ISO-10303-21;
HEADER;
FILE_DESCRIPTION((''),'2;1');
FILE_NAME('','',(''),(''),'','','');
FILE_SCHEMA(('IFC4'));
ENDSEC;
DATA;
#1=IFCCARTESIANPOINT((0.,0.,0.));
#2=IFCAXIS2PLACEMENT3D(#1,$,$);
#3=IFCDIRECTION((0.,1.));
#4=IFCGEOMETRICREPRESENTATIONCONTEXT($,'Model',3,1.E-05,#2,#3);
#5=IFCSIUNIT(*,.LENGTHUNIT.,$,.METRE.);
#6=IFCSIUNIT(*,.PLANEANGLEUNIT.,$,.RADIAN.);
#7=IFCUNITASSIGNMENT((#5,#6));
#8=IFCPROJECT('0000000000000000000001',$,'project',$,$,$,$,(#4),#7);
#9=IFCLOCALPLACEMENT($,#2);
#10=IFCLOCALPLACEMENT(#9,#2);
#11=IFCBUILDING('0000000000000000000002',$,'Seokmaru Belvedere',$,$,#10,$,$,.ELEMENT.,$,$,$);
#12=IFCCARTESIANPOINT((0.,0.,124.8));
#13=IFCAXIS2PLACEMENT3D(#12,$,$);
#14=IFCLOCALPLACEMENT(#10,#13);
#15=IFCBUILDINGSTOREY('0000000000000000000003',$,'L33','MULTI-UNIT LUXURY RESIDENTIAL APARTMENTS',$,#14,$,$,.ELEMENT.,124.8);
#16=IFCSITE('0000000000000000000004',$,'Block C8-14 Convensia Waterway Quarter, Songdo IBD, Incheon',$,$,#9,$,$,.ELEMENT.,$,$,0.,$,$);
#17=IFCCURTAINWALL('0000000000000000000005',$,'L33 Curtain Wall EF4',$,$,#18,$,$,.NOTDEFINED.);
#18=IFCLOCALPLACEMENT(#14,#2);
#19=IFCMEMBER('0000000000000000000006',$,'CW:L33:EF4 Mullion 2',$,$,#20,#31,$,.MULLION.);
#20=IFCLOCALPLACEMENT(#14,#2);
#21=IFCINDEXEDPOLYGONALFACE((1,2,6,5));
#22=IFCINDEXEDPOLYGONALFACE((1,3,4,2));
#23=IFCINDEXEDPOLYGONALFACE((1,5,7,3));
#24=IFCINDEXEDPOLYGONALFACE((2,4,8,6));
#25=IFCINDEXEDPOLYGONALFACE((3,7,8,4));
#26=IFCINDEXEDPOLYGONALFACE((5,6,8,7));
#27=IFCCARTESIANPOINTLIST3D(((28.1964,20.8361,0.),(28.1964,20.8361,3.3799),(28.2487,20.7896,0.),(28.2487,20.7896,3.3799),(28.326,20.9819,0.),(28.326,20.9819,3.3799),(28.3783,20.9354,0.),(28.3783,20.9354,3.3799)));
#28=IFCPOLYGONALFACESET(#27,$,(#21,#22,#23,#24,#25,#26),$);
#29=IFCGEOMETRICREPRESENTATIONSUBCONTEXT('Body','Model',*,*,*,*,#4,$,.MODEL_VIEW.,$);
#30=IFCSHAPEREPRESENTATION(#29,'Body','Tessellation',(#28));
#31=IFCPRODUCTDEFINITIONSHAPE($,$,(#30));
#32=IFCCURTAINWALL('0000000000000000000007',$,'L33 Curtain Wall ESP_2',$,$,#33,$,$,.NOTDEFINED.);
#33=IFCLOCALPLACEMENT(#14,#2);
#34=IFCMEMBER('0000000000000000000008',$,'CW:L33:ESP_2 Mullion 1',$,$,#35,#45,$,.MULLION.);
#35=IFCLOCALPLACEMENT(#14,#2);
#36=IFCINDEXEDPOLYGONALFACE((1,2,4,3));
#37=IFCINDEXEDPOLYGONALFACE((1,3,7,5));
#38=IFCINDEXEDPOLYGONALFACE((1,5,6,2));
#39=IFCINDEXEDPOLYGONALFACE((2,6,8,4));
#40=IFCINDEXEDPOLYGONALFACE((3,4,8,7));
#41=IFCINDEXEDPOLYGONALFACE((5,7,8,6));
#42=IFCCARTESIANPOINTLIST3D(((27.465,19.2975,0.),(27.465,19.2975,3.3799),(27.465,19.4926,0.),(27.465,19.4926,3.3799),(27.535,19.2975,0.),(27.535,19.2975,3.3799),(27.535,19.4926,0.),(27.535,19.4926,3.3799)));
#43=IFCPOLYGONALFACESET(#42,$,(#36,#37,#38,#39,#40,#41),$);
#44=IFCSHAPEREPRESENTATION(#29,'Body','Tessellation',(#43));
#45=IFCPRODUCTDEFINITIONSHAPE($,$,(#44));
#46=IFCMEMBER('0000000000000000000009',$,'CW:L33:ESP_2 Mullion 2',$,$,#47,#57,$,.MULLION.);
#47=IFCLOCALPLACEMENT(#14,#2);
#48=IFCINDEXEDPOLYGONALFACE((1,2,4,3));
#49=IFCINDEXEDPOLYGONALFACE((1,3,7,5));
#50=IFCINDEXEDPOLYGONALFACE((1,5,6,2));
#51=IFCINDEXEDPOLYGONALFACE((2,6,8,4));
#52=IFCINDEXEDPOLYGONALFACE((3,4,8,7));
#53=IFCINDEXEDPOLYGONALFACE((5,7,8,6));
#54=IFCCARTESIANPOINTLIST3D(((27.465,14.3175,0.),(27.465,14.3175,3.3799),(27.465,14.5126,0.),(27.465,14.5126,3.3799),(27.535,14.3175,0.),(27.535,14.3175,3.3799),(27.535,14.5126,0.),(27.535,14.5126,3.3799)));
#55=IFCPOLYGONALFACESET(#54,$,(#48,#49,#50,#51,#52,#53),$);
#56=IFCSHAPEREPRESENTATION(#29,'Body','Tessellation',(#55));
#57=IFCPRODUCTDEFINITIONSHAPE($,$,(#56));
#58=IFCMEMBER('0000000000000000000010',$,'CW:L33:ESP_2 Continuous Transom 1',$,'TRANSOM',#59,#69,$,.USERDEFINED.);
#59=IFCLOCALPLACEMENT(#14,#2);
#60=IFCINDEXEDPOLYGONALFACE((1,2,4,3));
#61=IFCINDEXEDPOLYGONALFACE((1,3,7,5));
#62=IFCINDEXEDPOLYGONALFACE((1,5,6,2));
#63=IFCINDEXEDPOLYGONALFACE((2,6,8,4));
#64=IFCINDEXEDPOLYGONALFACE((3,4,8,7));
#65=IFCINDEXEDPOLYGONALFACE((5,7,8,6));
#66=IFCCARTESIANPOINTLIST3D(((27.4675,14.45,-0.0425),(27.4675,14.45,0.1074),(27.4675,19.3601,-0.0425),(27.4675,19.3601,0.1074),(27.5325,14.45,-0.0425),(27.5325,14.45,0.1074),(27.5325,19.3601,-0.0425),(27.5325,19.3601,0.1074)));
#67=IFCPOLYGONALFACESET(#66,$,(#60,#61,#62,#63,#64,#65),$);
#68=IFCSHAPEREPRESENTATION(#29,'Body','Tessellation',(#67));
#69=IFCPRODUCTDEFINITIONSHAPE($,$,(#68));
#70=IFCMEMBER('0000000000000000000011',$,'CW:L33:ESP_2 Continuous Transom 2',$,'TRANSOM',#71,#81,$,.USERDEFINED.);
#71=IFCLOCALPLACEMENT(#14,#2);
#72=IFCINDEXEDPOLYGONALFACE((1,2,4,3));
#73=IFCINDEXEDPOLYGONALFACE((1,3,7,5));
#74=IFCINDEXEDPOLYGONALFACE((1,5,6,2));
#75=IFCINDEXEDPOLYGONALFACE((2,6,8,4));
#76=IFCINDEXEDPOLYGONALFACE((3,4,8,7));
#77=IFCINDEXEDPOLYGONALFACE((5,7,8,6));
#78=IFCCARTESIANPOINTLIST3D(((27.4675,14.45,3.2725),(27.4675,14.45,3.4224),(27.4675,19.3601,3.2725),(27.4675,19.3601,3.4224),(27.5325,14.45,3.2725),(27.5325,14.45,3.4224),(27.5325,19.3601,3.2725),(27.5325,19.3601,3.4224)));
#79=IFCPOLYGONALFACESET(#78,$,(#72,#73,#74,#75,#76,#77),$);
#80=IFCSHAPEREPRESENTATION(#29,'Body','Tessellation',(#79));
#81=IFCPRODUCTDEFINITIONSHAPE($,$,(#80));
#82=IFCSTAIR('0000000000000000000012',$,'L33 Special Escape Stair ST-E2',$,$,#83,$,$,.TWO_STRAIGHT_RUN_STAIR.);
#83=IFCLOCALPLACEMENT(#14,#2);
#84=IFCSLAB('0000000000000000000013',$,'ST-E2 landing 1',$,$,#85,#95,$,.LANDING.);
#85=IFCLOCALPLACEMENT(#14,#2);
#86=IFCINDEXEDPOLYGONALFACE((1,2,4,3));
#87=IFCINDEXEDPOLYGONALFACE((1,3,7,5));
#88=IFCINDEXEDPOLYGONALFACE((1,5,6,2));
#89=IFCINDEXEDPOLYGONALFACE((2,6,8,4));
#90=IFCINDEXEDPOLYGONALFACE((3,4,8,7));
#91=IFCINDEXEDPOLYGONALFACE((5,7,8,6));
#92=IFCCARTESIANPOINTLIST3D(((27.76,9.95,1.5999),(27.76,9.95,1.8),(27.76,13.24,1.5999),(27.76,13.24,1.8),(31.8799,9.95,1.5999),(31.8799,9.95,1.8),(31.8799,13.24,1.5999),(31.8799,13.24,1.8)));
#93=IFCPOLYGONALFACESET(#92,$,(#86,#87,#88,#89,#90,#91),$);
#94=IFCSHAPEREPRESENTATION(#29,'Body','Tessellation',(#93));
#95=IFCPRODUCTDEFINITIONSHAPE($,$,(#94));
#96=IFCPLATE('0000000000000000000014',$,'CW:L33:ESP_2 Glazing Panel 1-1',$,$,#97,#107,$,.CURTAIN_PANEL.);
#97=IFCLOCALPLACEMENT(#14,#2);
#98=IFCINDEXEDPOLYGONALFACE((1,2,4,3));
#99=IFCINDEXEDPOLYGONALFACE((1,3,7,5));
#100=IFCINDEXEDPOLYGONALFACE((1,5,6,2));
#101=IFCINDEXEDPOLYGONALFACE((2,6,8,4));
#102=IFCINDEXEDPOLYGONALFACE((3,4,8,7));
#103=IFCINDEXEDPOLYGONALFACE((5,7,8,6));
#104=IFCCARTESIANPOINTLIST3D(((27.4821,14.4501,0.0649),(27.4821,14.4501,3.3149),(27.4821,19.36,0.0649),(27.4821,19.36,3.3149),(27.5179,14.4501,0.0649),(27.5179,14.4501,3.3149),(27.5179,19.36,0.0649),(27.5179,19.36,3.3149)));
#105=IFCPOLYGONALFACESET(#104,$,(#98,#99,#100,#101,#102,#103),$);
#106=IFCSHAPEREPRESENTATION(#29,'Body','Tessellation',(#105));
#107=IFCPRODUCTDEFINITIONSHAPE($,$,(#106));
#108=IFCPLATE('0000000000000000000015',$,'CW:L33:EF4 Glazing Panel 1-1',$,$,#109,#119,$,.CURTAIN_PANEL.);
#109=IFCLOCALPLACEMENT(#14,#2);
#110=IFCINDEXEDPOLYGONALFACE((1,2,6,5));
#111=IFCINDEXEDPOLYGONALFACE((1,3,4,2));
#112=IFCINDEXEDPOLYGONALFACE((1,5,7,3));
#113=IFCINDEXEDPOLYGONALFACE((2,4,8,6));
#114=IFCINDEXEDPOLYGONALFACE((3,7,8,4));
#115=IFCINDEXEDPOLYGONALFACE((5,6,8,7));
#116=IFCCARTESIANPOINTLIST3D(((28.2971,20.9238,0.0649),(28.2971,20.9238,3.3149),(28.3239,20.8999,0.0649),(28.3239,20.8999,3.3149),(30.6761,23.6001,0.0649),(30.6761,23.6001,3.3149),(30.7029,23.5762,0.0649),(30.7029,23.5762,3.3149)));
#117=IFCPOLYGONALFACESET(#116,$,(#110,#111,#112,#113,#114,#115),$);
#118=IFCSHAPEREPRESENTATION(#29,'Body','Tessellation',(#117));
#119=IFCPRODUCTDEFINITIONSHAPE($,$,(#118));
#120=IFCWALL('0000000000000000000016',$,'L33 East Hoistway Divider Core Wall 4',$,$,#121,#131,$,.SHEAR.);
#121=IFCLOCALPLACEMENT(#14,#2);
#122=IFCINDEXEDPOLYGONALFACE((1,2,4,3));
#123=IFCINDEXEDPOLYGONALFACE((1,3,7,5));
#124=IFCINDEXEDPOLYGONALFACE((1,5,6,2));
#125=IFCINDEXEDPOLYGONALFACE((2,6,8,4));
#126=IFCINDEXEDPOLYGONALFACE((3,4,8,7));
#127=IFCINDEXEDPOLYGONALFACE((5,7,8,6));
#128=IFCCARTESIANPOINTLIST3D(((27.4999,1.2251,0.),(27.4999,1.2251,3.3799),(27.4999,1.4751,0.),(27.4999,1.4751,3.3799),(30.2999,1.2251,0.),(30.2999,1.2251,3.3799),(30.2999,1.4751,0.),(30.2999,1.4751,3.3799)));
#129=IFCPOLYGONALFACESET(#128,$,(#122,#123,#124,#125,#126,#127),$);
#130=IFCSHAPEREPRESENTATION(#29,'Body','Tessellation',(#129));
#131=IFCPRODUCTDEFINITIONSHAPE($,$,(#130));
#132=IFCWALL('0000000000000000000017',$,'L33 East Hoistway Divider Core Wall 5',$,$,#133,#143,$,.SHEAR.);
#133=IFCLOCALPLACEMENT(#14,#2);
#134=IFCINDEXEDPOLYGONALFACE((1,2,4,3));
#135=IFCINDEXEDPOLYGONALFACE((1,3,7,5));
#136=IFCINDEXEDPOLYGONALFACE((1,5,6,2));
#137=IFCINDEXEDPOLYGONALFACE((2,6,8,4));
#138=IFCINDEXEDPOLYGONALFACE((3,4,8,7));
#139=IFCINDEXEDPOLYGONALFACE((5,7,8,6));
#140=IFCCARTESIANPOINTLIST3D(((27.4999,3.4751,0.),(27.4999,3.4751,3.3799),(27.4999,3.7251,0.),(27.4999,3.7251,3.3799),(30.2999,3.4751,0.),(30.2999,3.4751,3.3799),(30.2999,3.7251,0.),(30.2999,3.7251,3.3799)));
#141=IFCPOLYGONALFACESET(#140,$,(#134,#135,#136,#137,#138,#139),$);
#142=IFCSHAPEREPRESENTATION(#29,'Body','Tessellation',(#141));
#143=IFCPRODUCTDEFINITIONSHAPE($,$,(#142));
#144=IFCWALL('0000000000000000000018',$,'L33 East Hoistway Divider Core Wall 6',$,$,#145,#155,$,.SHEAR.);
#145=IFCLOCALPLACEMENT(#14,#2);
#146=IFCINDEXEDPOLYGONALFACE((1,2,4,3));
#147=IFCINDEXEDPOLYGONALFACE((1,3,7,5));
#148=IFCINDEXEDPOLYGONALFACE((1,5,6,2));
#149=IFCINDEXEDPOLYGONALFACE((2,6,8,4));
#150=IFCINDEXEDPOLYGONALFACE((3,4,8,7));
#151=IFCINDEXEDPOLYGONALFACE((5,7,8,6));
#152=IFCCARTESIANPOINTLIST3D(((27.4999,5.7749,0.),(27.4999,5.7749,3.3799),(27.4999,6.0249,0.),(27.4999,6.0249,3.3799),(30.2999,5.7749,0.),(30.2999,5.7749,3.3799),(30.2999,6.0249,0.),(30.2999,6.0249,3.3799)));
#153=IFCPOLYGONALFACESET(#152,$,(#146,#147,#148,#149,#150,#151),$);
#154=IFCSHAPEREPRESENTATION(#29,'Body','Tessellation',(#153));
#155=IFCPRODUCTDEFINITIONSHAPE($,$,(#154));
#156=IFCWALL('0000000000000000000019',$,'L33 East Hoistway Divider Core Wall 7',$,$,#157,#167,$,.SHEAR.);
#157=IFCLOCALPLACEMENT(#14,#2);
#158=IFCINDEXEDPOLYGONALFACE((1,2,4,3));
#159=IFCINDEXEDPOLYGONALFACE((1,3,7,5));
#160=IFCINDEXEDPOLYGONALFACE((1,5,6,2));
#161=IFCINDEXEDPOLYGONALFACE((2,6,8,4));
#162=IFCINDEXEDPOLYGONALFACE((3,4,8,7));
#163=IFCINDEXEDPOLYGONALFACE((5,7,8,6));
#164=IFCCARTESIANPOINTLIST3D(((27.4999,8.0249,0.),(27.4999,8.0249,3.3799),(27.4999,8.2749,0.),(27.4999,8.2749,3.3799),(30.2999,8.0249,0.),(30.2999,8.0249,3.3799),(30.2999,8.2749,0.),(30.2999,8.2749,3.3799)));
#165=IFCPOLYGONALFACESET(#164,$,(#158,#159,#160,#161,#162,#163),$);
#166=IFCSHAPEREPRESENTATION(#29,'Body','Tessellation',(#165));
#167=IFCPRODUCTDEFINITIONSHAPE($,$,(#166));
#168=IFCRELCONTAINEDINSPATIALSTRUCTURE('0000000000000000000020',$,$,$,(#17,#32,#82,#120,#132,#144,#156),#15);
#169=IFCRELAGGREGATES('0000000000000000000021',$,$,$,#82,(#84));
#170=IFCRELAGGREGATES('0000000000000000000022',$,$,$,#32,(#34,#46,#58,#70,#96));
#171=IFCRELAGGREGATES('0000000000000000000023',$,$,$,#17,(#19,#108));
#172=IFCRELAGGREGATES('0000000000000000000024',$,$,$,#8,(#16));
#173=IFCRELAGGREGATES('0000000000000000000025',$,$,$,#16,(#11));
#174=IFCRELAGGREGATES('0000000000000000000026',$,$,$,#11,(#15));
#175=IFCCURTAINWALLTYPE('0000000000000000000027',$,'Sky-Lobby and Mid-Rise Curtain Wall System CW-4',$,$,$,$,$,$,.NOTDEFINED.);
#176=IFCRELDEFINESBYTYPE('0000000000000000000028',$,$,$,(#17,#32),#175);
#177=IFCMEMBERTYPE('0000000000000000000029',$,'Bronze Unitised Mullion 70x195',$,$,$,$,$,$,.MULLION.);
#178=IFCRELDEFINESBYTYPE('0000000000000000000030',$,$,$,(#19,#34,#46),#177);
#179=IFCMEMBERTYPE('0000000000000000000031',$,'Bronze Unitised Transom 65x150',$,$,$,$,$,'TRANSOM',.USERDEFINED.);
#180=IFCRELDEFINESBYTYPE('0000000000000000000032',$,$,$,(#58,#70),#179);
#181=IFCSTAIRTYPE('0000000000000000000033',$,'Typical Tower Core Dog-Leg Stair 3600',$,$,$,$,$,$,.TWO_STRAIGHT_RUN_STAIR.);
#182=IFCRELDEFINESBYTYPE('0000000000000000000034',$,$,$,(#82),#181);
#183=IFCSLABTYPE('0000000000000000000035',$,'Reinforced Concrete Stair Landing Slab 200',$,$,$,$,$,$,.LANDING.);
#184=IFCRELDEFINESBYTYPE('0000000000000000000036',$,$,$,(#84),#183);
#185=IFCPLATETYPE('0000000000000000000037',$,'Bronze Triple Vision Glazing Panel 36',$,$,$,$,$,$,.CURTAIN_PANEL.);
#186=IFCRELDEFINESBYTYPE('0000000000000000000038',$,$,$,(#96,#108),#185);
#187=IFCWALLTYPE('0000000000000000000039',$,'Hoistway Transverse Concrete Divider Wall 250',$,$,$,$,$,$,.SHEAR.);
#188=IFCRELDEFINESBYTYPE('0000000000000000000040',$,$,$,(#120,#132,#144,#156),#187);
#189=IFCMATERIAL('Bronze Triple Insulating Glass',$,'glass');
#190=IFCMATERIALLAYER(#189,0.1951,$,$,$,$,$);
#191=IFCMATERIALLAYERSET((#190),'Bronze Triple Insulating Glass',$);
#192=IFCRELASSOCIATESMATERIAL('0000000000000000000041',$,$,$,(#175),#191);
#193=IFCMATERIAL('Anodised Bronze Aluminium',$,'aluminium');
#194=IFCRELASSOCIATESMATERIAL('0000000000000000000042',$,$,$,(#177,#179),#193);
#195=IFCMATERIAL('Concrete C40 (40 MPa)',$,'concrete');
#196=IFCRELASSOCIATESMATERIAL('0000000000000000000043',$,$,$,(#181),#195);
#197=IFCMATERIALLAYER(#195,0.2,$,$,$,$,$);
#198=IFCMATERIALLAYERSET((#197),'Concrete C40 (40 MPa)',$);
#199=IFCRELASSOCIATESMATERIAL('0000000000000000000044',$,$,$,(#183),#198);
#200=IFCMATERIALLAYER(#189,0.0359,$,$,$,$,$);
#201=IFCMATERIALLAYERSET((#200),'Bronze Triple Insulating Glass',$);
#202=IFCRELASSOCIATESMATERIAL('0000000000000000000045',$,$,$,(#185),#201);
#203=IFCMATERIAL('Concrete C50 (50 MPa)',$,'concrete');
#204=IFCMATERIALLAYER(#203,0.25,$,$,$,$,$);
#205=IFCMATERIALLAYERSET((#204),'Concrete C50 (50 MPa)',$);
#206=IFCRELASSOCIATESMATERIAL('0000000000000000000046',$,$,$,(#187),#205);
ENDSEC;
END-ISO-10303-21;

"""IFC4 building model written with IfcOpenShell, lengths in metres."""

from ifc_helpers import new_model, si_unit, direction, frame, frame_2d, origin, origin_2d, place, context, subcontext, project, spatial, polyline, rectangle, outline, extrude, source, transform, mapped, material, layer, layer_set, material_profile, profile_set, type_object, type_shapes, element, aggregate, save


model = new_model("IFC4")

# Units and contexts
model_context = context("Model", 3, precision=1e-05, world=origin(), true_north=direction((0.0, 1.0)))
body_context = subcontext(model_context, "Body", "Model", "MODEL_VIEW")
ifc_project = project(units=[si_unit("LENGTHUNIT", "METRE"), si_unit("PLANEANGLEUNIT", "RADIAN")], contexts=[model_context])

# Site, building, storey
site_placement = place(None, origin())
site = spatial("IfcSite", under=ifc_project, at=site_placement, Name="Block C8-14 Convensia Waterway Quarter, Songdo IBD, Incheon", CompositionType="ELEMENT", RefElevation=0.0)
building_placement = place(site_placement, origin())
building = spatial("IfcBuilding", under=site, at=building_placement, Name="Seokmaru Belvedere", CompositionType="ELEMENT")
storey_placement = place(building_placement, frame((0.0, 0.0, 124.8)))
storey = spatial("IfcBuildingStorey", under=building, at=storey_placement, Name="L33", Description="MULTI-UNIT LUXURY RESIDENTIAL APARTMENTS", CompositionType="ELEMENT", Elevation=124.8)

# Curtain wall, member
ifc_material_1 = material(Name="Bronze Triple Insulating Glass", Category="glass")
ifc_layer_1 = layer(ifc_material_1, 0.1951)
ifc_layer_set_1 = layer_set([ifc_layer_1], Name="Bronze Triple Insulating Glass")
curtain_wall_type = type_object("IfcCurtainWallType", Name="Sky-Lobby and Mid-Rise Curtain Wall System CW-4", PredefinedType="NOTDEFINED", material=ifc_layer_set_1)
curtain_wall_1_placement = place(storey_placement, origin())
curtain_wall_1 = element("IfcCurtainWall", 1, at=curtain_wall_1_placement, inside=storey, type_object=curtain_wall_type, Name="L33 Curtain Wall EF4", PredefinedType="NOTDEFINED")
ifc_material_2 = material(Name="Anodised Bronze Aluminium", Category="aluminium")
ifc_material_profile_1 = material_profile(ifc_material_2, rectangle(XDim=0.0701, YDim=0.1951, at=origin_2d()), Name="CW-M-70x195")
ifc_profile_set_1 = profile_set([ifc_material_profile_1], Name="Anodised Bronze Aluminium")
member_type_1 = type_object("IfcMemberType", Name="Bronze Unitised Mullion 70x195", PredefinedType="MULLION", material=ifc_profile_set_1)
shared_shape_1 = source(origin(), body_context, "Body", "SweptSolid", [
    extrude(rectangle(XDim=0.0701, YDim=0.1951, at=origin_2d()), origin(), (0.0, 0.0, 1.0), 3.3799),
])
type_shapes(member_type_1, [shared_shape_1])
member_1_placement = place(storey_placement, frame((28.2874, 20.8857, 0.0), z_axis=(0.0, 0.0, 1.0), x_axis=(0.74741, -0.664363, 0.0)))
member_1 = element("IfcMember", 2, at=member_1_placement, type_object=member_type_1, Name="CW:L33:EF4 Mullion 2", PredefinedType="MULLION", context=body_context, shape_type="MappedRepresentation", body=[
    mapped(shared_shape_1, transform((0.0, 0.0, 0.0), scale=1.0)),
])

# Curtain wall, members
curtain_wall_2_placement = place(storey_placement, origin())
curtain_wall_2 = element("IfcCurtainWall", 3, at=curtain_wall_2_placement, inside=storey, type_object=curtain_wall_type, Name="L33 Curtain Wall ESP_2", PredefinedType="NOTDEFINED")
member_2_placement = place(storey_placement, frame((27.5, 19.395, 0.0), z_axis=(0.0, 0.0, 1.0), x_axis=(1.0, 0.0, 0.0)))
member_2 = element("IfcMember", 4, at=member_2_placement, type_object=member_type_1, Name="CW:L33:ESP_2 Mullion 1", PredefinedType="MULLION", context=body_context, shape_type="MappedRepresentation", body=[
    mapped(shared_shape_1, transform((0.0, 0.0, 0.0), scale=1.0)),
])
member_3_placement = place(storey_placement, frame((27.5, 14.415, 0.0), z_axis=(0.0, 0.0, 1.0), x_axis=(1.0, 0.0, 0.0)))
member_3 = element("IfcMember", 5, at=member_3_placement, type_object=member_type_1, Name="CW:L33:ESP_2 Mullion 2", PredefinedType="MULLION", context=body_context, shape_type="MappedRepresentation", body=[
    mapped(shared_shape_1, transform((0.0, 0.0, 0.0), scale=1.0)),
])
ifc_material_profile_2 = material_profile(ifc_material_2, rectangle(XDim=0.0649, YDim=0.1499, at=origin_2d()), Name="CW-T-65x150")
ifc_profile_set_2 = profile_set([ifc_material_profile_2], Name="Anodised Bronze Aluminium")
member_type_2 = type_object("IfcMemberType", Name="Bronze Unitised Transom 65x150", ElementType="TRANSOM", PredefinedType="USERDEFINED", material=ifc_profile_set_2)
shared_shape_2 = source(origin(), body_context, "Body", "SweptSolid", [
    extrude(rectangle(XDim=0.0649, YDim=0.1499, at=origin_2d()), origin(), (0.0, 0.0, 1.0), 4.9102),
])
type_shapes(member_type_2, [shared_shape_2])
member_4_placement = place(storey_placement, frame((27.5, 19.3601, 0.0325), z_axis=(0.0, -1.0, 0.0), x_axis=(1.0, 0.0, 0.0)))
member_4 = element("IfcMember", 6, at=member_4_placement, type_object=member_type_2, Name="CW:L33:ESP_2 Continuous Transom 1", ObjectType="TRANSOM", PredefinedType="USERDEFINED", context=body_context, shape_type="MappedRepresentation", body=[
    mapped(shared_shape_2, transform((0.0, 0.0, 0.0), scale=1.0)),
])
member_5_placement = place(storey_placement, frame((27.5, 19.3601, 3.3474), z_axis=(0.0, -1.0, 0.0), x_axis=(1.0, 0.0, 0.0)))
member_5 = element("IfcMember", 7, at=member_5_placement, type_object=member_type_2, Name="CW:L33:ESP_2 Continuous Transom 2", ObjectType="TRANSOM", PredefinedType="USERDEFINED", context=body_context, shape_type="MappedRepresentation", body=[
    mapped(shared_shape_2, transform((0.0, 0.0, 0.0), scale=1.0)),
])

# Stair, slab
ifc_material_3 = material(Name="Concrete C40 (40 MPa)", Category="concrete")
stair_type = type_object("IfcStairType", Name="Typical Tower Core Dog-Leg Stair 3600", PredefinedType="TWO_STRAIGHT_RUN_STAIR", material=ifc_material_3)
stair_placement = place(storey_placement, origin())
stair = element("IfcStair", 8, at=stair_placement, inside=storey, type_object=stair_type, Name="L33 Special Escape Stair ST-E2", PredefinedType="TWO_STRAIGHT_RUN_STAIR")
ifc_layer_2 = layer(ifc_material_3, 0.2)
ifc_layer_set_2 = layer_set([ifc_layer_2], Name="Concrete C40 (40 MPa)")
slab_type = type_object("IfcSlabType", Name="Reinforced Concrete Stair Landing Slab 200", PredefinedType="LANDING", material=ifc_layer_set_2)
slab_placement = place(storey_placement, frame((0.0, 0.0, 1.5999)))
slab = element("IfcSlab", 9, at=slab_placement, type_object=slab_type, Name="ST-E2 landing 1", PredefinedType="LANDING", context=body_context, shape_type="SweptSolid", body=[
    extrude(outline(polyline([(27.76, 9.95), (31.8799, 9.95), (31.8799, 13.24), (27.76, 13.24), (27.76, 9.95)])), origin(), (0.0, 0.0, 1.0), 0.2002),
])
aggregate(stair, [slab])

# Plates
ifc_layer_3 = layer(ifc_material_1, 0.0359)
ifc_layer_set_3 = layer_set([ifc_layer_3], Name="Bronze Triple Insulating Glass")
plate_type = type_object("IfcPlateType", Name="Bronze Triple Vision Glazing Panel 36", PredefinedType="CURTAIN_PANEL", material=ifc_layer_set_3)
shared_shape_3 = source(origin(), body_context, "Body", "SweptSolid", [
    extrude(rectangle(XDim=4.9099, YDim=0.0359, at=origin_2d()), origin(), (0.0, 0.0, 1.0), 3.25),
])
plate_1_placement = place(storey_placement, frame((27.5, 16.905, 0.0649), z_axis=(0.0, 0.0, 1.0), x_axis=(0.0, -1.0, 0.0)))
plate_1 = element("IfcPlate", 10, at=plate_1_placement, type_object=plate_type, Name="CW:L33:ESP_2 Glazing Panel 1-1", PredefinedType="CURTAIN_PANEL", context=body_context, shape_type="MappedRepresentation", body=[
    mapped(shared_shape_3, transform((0.0, 0.0, 0.0), scale=1.0)),
])
aggregate(curtain_wall_2, [member_2, member_3, member_4, member_5, plate_1])
shared_shape_4 = source(origin(), body_context, "Body", "SweptSolid", [
    extrude(rectangle(XDim=3.5808, YDim=0.0359, at=origin_2d()), origin(), (0.0, 0.0, 1.0), 3.25),
])
type_shapes(plate_type, [shared_shape_3, shared_shape_4])
plate_2_placement = place(storey_placement, frame((29.5, 22.25, 0.0649), z_axis=(0.0, 0.0, 1.0), x_axis=(-0.664363, -0.74741, 0.0)))
plate_2 = element("IfcPlate", 11, at=plate_2_placement, type_object=plate_type, Name="CW:L33:EF4 Glazing Panel 1-1", PredefinedType="CURTAIN_PANEL", context=body_context, shape_type="MappedRepresentation", body=[
    mapped(shared_shape_4, transform((0.0, 0.0, 0.0), scale=1.0)),
])
aggregate(curtain_wall_1, [member_1, plate_2])

# Walls
ifc_material_4 = material(Name="Concrete C50 (50 MPa)", Category="concrete")
ifc_layer_4 = layer(ifc_material_4, 0.25)
ifc_layer_set_4 = layer_set([ifc_layer_4], Name="Concrete C50 (50 MPa)")
wall_type_1 = type_object("IfcWallType", Name="Hoistway Transverse Concrete Divider Wall 250", PredefinedType="SHEAR", material=ifc_layer_set_4)
for number, where, z_axis, x_axis, name in (
    (12, (27.5, 1.3501, 0.0), (0.0, 0.0, 1.0), (1.0, 0.0, 0.0), "L33 East Hoistway Divider Core Wall 4"),
    (13, (27.5, 3.6001, 0.0), (0.0, 0.0, 1.0), (1.0, 0.0, 0.0), "L33 East Hoistway Divider Core Wall 5"),
    (14, (27.5, 5.8999, 0.0), (0.0, 0.0, 1.0), (1.0, 0.0, 0.0), "L33 East Hoistway Divider Core Wall 6"),
    (15, (27.5, 8.1499, 0.0), (0.0, 0.0, 1.0), (1.0, 0.0, 0.0), "L33 East Hoistway Divider Core Wall 7"),
):
    element("IfcWall", number, at=place(storey_placement, frame(where, z_axis=z_axis, x_axis=x_axis)), inside=storey, type_object=wall_type_1, Name=name, PredefinedType="SHEAR", context=body_context, shape_type="SweptSolid", body=[
        extrude(rectangle(XDim=2.8, YDim=0.25, at=frame_2d((1.3999, 0.0))), origin(), (0.0, 0.0, 1.0), 3.3799),
    ])

save(model, "model.ifc")
